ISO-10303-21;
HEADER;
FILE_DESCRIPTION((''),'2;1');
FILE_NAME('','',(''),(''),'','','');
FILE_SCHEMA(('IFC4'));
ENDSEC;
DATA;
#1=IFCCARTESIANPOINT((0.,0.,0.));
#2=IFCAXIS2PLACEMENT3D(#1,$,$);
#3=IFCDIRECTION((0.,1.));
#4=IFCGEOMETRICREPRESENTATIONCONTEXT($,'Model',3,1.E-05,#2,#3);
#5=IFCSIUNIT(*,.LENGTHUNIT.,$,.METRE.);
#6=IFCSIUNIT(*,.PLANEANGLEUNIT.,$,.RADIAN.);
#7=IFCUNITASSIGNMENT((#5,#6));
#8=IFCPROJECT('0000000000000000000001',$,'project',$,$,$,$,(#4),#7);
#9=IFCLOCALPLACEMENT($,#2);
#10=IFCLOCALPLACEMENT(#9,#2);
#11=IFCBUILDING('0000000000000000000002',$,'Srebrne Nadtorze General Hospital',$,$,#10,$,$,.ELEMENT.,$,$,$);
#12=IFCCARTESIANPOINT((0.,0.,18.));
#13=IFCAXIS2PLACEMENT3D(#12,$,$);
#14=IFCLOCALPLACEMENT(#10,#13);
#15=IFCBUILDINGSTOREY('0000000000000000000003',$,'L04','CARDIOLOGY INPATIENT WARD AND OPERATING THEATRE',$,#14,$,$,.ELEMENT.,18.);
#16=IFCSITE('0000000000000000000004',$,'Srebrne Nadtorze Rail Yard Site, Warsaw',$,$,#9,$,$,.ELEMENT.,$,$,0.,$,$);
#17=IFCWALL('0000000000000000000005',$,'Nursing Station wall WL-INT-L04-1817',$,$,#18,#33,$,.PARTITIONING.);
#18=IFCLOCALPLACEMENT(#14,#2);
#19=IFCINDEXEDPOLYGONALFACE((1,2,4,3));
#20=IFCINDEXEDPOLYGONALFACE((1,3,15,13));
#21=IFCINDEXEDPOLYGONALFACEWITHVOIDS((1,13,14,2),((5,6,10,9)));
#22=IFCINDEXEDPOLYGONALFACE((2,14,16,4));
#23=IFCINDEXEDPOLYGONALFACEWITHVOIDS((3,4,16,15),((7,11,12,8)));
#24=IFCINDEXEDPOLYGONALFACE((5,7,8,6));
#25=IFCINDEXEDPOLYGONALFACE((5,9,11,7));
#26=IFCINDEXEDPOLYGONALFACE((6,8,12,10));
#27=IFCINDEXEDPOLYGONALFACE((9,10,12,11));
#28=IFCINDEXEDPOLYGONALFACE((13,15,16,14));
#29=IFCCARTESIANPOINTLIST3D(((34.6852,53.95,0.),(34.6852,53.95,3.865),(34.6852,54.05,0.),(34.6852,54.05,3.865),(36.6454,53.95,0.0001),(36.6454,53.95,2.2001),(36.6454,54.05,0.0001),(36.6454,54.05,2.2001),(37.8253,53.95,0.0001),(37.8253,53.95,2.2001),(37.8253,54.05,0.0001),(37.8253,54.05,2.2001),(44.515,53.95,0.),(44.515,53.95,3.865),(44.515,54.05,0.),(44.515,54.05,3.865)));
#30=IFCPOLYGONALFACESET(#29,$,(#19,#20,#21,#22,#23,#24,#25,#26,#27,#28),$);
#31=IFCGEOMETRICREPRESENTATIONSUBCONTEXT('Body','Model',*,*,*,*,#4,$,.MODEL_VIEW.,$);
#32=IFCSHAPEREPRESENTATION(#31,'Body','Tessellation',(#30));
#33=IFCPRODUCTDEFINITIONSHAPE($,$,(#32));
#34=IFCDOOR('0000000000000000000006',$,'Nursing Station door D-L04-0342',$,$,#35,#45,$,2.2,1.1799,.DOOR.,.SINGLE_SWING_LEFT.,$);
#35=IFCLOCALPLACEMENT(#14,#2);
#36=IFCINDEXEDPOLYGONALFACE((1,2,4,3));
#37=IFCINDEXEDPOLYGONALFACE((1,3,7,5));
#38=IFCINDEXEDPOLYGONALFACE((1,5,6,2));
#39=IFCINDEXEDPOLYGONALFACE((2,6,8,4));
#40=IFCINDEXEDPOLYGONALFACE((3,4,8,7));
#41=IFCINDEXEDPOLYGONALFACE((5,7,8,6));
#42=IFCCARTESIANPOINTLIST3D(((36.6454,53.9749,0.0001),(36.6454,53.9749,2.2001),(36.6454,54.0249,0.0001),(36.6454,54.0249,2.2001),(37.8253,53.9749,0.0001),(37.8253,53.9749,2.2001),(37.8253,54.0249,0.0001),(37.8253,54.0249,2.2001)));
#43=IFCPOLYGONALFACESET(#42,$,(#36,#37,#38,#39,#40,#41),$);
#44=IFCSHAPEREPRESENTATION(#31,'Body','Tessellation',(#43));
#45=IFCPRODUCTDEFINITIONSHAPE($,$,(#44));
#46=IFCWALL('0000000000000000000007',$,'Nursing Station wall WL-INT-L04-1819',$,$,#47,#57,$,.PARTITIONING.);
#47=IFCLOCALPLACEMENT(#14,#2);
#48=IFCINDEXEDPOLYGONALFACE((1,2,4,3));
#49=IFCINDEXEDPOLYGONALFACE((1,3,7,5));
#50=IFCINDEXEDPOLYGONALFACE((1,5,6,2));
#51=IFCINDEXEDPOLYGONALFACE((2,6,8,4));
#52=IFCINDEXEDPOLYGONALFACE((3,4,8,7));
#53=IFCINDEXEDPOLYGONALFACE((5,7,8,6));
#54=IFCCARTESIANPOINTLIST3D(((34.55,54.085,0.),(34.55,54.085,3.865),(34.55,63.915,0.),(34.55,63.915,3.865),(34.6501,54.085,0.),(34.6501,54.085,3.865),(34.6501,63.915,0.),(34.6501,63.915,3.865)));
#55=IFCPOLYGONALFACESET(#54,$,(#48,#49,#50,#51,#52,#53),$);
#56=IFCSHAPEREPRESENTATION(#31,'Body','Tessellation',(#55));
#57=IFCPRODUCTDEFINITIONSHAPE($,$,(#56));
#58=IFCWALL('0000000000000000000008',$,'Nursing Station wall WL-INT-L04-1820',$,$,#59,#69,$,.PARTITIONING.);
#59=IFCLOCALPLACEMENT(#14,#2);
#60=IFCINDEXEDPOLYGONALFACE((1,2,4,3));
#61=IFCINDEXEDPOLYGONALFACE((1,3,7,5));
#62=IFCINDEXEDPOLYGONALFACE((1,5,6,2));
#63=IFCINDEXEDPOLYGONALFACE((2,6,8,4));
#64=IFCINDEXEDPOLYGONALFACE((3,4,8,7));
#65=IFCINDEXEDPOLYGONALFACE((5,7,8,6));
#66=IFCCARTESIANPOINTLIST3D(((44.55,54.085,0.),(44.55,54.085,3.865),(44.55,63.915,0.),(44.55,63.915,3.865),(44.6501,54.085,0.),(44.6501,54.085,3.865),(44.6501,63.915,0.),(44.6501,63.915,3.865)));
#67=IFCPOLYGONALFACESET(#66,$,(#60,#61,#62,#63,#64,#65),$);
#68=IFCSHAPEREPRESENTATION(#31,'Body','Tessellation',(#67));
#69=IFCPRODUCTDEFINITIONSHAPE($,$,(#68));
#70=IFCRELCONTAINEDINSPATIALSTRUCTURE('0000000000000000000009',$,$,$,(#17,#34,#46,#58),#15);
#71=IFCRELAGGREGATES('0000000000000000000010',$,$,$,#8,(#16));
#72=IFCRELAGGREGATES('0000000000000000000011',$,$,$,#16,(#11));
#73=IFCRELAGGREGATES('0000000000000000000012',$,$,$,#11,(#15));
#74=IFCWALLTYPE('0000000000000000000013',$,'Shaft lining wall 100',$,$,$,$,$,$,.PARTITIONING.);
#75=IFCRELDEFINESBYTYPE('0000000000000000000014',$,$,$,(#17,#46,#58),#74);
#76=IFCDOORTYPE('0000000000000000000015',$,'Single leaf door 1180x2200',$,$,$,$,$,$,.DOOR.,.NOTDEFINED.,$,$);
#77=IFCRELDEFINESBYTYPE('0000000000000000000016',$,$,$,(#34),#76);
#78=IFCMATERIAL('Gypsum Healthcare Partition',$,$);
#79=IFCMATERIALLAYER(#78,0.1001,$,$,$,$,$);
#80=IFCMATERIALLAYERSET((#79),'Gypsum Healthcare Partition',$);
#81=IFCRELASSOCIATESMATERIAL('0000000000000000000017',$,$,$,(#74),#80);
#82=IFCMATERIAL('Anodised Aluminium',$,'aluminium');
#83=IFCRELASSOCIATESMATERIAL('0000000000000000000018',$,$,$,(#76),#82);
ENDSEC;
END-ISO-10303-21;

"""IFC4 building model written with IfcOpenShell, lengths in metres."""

from ifc_helpers import new_model, si_unit, direction, frame, frame_2d, origin, place, context, subcontext, project, spatial, rectangle, extrude, material, layer, layer_set, type_object, element, fill, save


model = new_model("IFC4")

# Units and contexts
model_context = context("Model", 3, precision=1e-05, world=origin(), true_north=direction((0.0, 1.0)))
body_context = subcontext(model_context, "Body", "Model", "MODEL_VIEW")
ifc_project = project(units=[si_unit("LENGTHUNIT", "METRE"), si_unit("PLANEANGLEUNIT", "RADIAN")], contexts=[model_context])

# Site, building, storey
site_placement = place(None, origin())
site = spatial("IfcSite", under=ifc_project, at=site_placement, Name="Srebrne Nadtorze Rail Yard Site, Warsaw", CompositionType="ELEMENT", RefElevation=0.0)
building_placement = place(site_placement, origin())
building = spatial("IfcBuilding", under=site, at=building_placement, Name="Srebrne Nadtorze General Hospital", CompositionType="ELEMENT")
storey_placement = place(building_placement, frame((0.0, 0.0, 18.0)))
storey = spatial("IfcBuildingStorey", under=building, at=storey_placement, Name="L04", Description="CARDIOLOGY INPATIENT WARD AND OPERATING THEATRE", CompositionType="ELEMENT", Elevation=18.0)

# Wall, opening, door
ifc_material_1 = material(Name="Gypsum Healthcare Partition")
ifc_layer_1 = layer(ifc_material_1, 0.1001)
ifc_layer_set_1 = layer_set([ifc_layer_1], Name="Gypsum Healthcare Partition")
wall_type_1 = type_object("IfcWallType", Name="Shaft lining wall 100", PredefinedType="PARTITIONING", material=ifc_layer_set_1)
wall_1_placement = place(storey_placement, frame((34.6851, 54.0, 0.0), z_axis=(0.0, 0.0, 1.0), x_axis=(1.0, 0.0, 0.0)))
wall_1 = element("IfcWall", 1, at=wall_1_placement, inside=storey, type_object=wall_type_1, Name="Nursing Station wall WL-INT-L04-1817", PredefinedType="PARTITIONING", context=body_context, shape_type="SweptSolid", body=[
    extrude(rectangle(XDim=9.8298, YDim=0.1001, at=frame_2d((4.915, 0.0))), origin(), (0.0, 0.0, 1.0), 3.865),
])
opening_1_placement = place(wall_1_placement, frame((1.9604, 0.0, 0.0)))
opening_1 = element("IfcOpeningElement", 2, at=opening_1_placement, cuts=wall_1, PredefinedType="OPENING", context=body_context, shape_type="SweptSolid", body=[
    extrude(rectangle(XDim=1.1799, YDim=2.2, at=frame_2d((0.5898, 1.1001))), frame((0.0, 0.062, 0.0), z_axis=(0.0, -1.0, 0.0), x_axis=(1.0, 0.0, 0.0)), (0.0, 0.0, 1.0), 0.124),
])
ifc_material_2 = material(Name="Anodised Aluminium", Category="aluminium")
door_type_1 = type_object("IfcDoorType", Name="Single leaf door 1180x2200", OperationType="NOTDEFINED", PredefinedType="DOOR", material=ifc_material_2)
door_1_placement = place(opening_1_placement, origin())
door_1 = element("IfcDoor", 3, at=door_1_placement, inside=storey, type_object=door_type_1, Name="Nursing Station door D-L04-0342", OperationType="SINGLE_SWING_LEFT", OverallHeight=2.2, OverallWidth=1.1799, PredefinedType="DOOR", context=body_context, shape_type="SweptSolid", body=[
    extrude(rectangle(XDim=1.1799, YDim=2.2, at=frame_2d((0.5898, 1.1001))), frame((0.0, 0.0249, 0.0), z_axis=(0.0, -1.0, 0.0), x_axis=(1.0, 0.0, 0.0)), (0.0, 0.0, 1.0), 0.05),
])
fill(opening_1, door_1)

# Walls
for number, where, z_axis, x_axis, name in (
    (4, (34.6001, 54.085, 0.0), (0.0, 0.0, 1.0), (0.0, 1.0, 0.0), "Nursing Station wall WL-INT-L04-1819"),
    (5, (44.6001, 54.085, 0.0), (0.0, 0.0, 1.0), (0.0, 1.0, 0.0), "Nursing Station wall WL-INT-L04-1820"),
):
    element("IfcWall", number, at=place(storey_placement, frame(where, z_axis=z_axis, x_axis=x_axis)), inside=storey, type_object=wall_type_1, Name=name, PredefinedType="PARTITIONING", context=body_context, shape_type="SweptSolid", body=[
        extrude(rectangle(XDim=9.8301, YDim=0.1001, at=frame_2d((4.915, 0.0))), origin(), (0.0, 0.0, 1.0), 3.865),
    ])

save(model, "model.ifc")
